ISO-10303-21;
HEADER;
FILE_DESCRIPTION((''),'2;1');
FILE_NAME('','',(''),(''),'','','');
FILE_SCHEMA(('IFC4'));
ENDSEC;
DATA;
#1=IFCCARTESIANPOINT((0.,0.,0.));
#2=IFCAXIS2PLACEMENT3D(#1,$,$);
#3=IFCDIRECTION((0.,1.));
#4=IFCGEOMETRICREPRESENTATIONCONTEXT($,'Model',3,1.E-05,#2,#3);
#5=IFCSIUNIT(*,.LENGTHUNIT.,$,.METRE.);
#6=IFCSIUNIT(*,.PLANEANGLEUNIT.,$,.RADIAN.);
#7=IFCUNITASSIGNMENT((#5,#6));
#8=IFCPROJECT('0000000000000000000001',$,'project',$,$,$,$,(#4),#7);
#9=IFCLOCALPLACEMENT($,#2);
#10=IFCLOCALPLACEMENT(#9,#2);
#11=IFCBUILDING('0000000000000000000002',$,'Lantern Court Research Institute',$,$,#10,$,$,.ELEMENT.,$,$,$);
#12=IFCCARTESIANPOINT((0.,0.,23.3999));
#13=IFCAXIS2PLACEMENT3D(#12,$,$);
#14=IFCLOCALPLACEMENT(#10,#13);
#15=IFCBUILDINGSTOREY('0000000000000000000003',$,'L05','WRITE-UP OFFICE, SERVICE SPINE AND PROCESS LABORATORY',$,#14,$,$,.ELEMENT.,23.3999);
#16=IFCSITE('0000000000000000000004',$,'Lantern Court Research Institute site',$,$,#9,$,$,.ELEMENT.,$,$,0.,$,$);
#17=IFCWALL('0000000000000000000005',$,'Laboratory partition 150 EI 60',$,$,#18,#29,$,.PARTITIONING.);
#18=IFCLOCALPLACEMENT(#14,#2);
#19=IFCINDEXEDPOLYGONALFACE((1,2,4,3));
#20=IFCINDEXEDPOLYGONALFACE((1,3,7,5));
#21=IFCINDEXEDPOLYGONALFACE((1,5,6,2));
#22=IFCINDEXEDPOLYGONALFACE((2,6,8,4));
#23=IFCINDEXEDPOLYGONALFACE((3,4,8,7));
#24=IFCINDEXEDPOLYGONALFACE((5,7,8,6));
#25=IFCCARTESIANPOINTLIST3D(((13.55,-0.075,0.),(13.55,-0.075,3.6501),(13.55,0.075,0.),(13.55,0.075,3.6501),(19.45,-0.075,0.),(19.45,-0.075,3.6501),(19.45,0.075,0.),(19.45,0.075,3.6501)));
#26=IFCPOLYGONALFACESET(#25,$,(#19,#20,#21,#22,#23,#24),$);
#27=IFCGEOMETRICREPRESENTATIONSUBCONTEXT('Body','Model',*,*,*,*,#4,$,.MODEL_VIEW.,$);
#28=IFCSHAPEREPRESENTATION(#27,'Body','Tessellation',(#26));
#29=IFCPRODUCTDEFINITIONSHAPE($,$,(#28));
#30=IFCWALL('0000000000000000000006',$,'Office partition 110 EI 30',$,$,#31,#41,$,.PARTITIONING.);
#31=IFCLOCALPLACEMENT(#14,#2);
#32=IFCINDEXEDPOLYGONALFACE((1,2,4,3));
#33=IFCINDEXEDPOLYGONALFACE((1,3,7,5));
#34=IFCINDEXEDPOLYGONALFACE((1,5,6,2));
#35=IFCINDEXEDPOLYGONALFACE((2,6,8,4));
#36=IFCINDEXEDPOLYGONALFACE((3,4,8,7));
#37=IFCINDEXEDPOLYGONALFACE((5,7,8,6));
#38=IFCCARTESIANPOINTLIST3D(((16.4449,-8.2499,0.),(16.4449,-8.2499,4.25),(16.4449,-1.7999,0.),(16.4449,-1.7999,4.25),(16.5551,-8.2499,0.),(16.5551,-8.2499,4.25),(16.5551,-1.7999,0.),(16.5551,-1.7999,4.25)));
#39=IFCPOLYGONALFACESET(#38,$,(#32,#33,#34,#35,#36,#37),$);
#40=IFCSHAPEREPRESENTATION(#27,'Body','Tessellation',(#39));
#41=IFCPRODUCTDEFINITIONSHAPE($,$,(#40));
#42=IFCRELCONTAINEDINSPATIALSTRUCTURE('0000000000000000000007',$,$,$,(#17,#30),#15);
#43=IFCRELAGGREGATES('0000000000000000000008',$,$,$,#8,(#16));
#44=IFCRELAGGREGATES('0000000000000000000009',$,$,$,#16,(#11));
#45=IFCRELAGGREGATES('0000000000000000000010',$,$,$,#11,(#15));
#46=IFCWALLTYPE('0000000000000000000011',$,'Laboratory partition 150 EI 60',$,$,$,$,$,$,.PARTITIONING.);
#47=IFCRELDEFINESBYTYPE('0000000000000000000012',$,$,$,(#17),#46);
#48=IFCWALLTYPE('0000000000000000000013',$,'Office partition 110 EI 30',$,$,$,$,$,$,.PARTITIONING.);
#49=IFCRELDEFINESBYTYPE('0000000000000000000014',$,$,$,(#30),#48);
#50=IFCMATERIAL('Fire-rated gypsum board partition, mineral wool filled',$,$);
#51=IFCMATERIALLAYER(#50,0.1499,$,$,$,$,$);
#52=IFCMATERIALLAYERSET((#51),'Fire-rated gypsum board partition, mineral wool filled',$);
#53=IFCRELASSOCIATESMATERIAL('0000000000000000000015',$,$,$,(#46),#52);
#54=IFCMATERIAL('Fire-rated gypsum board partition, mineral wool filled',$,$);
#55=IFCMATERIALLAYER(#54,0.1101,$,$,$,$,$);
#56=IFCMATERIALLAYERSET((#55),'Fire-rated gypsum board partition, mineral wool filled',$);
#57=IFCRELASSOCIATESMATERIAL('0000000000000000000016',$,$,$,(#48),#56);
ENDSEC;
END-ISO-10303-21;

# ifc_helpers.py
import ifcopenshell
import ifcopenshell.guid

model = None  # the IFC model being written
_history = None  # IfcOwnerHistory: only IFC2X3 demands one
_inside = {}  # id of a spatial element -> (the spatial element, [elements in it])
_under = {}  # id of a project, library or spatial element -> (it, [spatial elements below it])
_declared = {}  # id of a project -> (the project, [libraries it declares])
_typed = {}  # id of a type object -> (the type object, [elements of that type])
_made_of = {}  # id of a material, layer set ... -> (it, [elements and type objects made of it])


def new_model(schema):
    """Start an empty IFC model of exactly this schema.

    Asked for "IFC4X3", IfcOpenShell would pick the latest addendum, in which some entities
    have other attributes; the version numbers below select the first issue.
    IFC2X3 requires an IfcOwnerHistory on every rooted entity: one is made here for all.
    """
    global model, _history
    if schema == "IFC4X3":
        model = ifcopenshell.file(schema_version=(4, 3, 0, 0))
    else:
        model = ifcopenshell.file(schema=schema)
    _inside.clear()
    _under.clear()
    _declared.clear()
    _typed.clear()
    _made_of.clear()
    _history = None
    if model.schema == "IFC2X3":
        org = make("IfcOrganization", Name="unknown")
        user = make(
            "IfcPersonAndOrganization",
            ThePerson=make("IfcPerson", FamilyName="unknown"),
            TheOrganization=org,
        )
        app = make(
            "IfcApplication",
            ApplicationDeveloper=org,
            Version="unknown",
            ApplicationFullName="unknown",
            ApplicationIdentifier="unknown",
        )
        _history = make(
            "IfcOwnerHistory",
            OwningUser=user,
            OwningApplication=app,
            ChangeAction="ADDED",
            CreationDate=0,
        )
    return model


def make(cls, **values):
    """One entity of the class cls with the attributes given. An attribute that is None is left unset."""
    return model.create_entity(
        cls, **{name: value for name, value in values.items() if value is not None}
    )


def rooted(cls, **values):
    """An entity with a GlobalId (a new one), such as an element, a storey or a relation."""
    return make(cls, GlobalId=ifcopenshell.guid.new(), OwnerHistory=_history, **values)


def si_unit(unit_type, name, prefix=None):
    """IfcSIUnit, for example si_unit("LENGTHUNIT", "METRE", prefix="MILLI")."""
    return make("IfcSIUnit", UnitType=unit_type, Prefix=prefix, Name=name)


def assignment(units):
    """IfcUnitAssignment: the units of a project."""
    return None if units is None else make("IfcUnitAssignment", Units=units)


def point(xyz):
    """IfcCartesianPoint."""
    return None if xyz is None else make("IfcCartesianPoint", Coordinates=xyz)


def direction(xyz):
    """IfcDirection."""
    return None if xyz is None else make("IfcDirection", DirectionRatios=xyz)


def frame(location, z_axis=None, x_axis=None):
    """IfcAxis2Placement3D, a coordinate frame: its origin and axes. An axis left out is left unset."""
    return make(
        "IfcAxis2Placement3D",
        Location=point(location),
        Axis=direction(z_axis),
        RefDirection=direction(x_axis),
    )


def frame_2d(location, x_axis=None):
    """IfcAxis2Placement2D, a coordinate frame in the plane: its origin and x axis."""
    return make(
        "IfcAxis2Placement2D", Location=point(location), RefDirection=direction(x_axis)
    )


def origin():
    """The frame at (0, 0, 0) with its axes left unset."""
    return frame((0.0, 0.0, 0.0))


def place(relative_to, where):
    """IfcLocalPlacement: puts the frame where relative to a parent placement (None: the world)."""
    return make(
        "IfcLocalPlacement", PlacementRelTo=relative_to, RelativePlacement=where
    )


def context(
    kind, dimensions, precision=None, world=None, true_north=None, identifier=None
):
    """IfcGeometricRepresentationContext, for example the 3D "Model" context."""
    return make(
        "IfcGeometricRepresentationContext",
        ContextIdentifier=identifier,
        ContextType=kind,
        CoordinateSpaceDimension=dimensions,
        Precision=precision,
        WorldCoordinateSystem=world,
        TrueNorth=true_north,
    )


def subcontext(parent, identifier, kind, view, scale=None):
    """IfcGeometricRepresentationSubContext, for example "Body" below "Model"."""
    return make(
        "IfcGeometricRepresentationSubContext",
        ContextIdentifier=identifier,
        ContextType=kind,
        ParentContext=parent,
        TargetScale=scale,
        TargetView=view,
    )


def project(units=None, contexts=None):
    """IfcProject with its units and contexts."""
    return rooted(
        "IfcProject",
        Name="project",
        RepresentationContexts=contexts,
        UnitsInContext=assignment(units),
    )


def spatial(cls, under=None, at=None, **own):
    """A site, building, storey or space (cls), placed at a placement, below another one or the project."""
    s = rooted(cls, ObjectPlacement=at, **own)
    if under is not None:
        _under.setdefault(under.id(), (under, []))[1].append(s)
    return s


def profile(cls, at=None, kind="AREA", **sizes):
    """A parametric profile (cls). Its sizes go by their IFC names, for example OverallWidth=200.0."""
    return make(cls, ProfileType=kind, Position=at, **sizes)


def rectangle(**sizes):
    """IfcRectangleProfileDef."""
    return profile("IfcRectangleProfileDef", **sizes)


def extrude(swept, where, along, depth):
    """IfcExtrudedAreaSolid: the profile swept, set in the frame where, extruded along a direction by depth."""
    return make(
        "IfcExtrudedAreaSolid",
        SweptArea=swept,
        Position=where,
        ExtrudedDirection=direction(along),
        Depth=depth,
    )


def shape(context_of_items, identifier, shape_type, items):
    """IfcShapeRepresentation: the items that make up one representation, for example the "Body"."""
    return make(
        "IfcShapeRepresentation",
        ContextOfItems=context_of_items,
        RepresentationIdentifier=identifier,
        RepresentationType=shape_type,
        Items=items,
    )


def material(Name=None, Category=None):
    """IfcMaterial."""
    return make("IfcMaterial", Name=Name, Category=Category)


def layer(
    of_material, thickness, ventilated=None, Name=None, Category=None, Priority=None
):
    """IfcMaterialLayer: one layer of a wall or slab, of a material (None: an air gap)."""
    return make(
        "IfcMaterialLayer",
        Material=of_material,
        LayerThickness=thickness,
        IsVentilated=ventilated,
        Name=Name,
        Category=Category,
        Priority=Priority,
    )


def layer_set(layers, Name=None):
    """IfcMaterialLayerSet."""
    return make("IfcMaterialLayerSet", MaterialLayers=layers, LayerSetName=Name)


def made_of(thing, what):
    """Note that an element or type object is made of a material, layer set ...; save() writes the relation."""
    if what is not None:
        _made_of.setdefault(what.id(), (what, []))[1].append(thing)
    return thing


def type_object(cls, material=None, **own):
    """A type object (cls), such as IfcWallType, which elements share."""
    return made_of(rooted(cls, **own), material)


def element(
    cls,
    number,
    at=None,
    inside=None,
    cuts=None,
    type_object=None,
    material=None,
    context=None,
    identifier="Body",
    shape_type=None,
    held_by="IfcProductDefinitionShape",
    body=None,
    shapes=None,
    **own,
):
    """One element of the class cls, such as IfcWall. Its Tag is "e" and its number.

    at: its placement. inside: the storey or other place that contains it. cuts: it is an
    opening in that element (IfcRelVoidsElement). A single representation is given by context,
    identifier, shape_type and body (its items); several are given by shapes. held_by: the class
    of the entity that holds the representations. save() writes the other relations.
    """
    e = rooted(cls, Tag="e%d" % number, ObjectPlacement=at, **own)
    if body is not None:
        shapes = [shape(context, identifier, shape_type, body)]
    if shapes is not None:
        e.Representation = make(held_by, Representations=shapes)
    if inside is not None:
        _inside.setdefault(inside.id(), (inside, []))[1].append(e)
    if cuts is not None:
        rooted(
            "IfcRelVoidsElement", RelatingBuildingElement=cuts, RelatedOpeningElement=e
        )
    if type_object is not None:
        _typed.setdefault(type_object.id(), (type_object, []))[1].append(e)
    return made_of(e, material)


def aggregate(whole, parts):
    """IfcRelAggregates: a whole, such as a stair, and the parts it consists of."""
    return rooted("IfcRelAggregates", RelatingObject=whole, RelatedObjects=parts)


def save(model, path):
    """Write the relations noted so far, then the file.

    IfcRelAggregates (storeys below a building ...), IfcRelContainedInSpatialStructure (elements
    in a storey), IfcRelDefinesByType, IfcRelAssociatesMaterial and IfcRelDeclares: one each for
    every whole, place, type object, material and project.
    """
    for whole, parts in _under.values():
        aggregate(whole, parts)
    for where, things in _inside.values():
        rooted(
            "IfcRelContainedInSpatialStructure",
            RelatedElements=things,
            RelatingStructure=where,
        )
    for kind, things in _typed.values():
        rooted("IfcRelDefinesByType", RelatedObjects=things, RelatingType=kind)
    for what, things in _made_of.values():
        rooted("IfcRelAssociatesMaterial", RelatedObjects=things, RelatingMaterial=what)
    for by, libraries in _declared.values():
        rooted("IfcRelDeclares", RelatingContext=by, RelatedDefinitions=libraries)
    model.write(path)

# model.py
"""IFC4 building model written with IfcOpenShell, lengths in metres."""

from ifc_helpers import new_model, si_unit, direction, frame, frame_2d, origin, place, context, subcontext, project, spatial, rectangle, extrude, material, layer, layer_set, type_object, element, save


model = new_model("IFC4")

# Units and contexts
model_context = context("Model", 3, precision=1e-05, world=origin(), true_north=direction((0.0, 1.0)))
body_context = subcontext(model_context, "Body", "Model", "MODEL_VIEW")
ifc_project = project(units=[si_unit("LENGTHUNIT", "METRE"), si_unit("PLANEANGLEUNIT", "RADIAN")], contexts=[model_context])

# Site, building, storey
site_placement = place(None, origin())
site = spatial("IfcSite", under=ifc_project, at=site_placement, Name="Lantern Court Research Institute site", CompositionType="ELEMENT", RefElevation=0.0)
building_placement = place(site_placement, origin())
building = spatial("IfcBuilding", under=site, at=building_placement, Name="Lantern Court Research Institute", CompositionType="ELEMENT")
storey_placement = place(building_placement, frame((0.0, 0.0, 23.3999)))
storey = spatial("IfcBuildingStorey", under=building, at=storey_placement, Name="L05", Description="WRITE-UP OFFICE, SERVICE SPINE AND PROCESS LABORATORY", CompositionType="ELEMENT", Elevation=23.3999)

# Walls
ifc_material_1 = material(Name="Fire-rated gypsum board partition, mineral wool filled")
ifc_layer_1 = layer(ifc_material_1, 0.1499)
ifc_layer_set_1 = layer_set([ifc_layer_1], Name="Fire-rated gypsum board partition, mineral wool filled")
wall_type_1 = type_object("IfcWallType", Name="Laboratory partition 150 EI 60", PredefinedType="PARTITIONING", material=ifc_layer_set_1)
wall_1_placement = place(storey_placement, frame((19.45, 0.0, 0.0), z_axis=(0.0, 0.0, 1.0), x_axis=(-1.0, 0.0, 0.0)))
element("IfcWall", 1, at=wall_1_placement, inside=storey, type_object=wall_type_1, Name="Laboratory partition 150 EI 60", PredefinedType="PARTITIONING", context=body_context, shape_type="SweptSolid", body=[
    extrude(rectangle(XDim=5.8999, YDim=0.1499, at=frame_2d((2.95, 0.0))), origin(), (0.0, 0.0, 1.0), 3.6501),
])
ifc_material_2 = material(Name="Fire-rated gypsum board partition, mineral wool filled")
ifc_layer_2 = layer(ifc_material_2, 0.1101)
ifc_layer_set_2 = layer_set([ifc_layer_2], Name="Fire-rated gypsum board partition, mineral wool filled")
wall_type_2 = type_object("IfcWallType", Name="Office partition 110 EI 30", PredefinedType="PARTITIONING", material=ifc_layer_set_2)
wall_2_placement = place(storey_placement, frame((16.5, -8.25, 0.0), z_axis=(0.0, 0.0, 1.0), x_axis=(0.0, 1.0, 0.0)))
element("IfcWall", 2, at=wall_2_placement, inside=storey, type_object=wall_type_2, Name="Office partition 110 EI 30", PredefinedType="PARTITIONING", context=body_context, shape_type="SweptSolid", body=[
    extrude(rectangle(XDim=6.45, YDim=0.1101, at=frame_2d((3.2251, 0.0))), origin(), (0.0, 0.0, 1.0), 4.25),
])

save(model, "model.ifc")
